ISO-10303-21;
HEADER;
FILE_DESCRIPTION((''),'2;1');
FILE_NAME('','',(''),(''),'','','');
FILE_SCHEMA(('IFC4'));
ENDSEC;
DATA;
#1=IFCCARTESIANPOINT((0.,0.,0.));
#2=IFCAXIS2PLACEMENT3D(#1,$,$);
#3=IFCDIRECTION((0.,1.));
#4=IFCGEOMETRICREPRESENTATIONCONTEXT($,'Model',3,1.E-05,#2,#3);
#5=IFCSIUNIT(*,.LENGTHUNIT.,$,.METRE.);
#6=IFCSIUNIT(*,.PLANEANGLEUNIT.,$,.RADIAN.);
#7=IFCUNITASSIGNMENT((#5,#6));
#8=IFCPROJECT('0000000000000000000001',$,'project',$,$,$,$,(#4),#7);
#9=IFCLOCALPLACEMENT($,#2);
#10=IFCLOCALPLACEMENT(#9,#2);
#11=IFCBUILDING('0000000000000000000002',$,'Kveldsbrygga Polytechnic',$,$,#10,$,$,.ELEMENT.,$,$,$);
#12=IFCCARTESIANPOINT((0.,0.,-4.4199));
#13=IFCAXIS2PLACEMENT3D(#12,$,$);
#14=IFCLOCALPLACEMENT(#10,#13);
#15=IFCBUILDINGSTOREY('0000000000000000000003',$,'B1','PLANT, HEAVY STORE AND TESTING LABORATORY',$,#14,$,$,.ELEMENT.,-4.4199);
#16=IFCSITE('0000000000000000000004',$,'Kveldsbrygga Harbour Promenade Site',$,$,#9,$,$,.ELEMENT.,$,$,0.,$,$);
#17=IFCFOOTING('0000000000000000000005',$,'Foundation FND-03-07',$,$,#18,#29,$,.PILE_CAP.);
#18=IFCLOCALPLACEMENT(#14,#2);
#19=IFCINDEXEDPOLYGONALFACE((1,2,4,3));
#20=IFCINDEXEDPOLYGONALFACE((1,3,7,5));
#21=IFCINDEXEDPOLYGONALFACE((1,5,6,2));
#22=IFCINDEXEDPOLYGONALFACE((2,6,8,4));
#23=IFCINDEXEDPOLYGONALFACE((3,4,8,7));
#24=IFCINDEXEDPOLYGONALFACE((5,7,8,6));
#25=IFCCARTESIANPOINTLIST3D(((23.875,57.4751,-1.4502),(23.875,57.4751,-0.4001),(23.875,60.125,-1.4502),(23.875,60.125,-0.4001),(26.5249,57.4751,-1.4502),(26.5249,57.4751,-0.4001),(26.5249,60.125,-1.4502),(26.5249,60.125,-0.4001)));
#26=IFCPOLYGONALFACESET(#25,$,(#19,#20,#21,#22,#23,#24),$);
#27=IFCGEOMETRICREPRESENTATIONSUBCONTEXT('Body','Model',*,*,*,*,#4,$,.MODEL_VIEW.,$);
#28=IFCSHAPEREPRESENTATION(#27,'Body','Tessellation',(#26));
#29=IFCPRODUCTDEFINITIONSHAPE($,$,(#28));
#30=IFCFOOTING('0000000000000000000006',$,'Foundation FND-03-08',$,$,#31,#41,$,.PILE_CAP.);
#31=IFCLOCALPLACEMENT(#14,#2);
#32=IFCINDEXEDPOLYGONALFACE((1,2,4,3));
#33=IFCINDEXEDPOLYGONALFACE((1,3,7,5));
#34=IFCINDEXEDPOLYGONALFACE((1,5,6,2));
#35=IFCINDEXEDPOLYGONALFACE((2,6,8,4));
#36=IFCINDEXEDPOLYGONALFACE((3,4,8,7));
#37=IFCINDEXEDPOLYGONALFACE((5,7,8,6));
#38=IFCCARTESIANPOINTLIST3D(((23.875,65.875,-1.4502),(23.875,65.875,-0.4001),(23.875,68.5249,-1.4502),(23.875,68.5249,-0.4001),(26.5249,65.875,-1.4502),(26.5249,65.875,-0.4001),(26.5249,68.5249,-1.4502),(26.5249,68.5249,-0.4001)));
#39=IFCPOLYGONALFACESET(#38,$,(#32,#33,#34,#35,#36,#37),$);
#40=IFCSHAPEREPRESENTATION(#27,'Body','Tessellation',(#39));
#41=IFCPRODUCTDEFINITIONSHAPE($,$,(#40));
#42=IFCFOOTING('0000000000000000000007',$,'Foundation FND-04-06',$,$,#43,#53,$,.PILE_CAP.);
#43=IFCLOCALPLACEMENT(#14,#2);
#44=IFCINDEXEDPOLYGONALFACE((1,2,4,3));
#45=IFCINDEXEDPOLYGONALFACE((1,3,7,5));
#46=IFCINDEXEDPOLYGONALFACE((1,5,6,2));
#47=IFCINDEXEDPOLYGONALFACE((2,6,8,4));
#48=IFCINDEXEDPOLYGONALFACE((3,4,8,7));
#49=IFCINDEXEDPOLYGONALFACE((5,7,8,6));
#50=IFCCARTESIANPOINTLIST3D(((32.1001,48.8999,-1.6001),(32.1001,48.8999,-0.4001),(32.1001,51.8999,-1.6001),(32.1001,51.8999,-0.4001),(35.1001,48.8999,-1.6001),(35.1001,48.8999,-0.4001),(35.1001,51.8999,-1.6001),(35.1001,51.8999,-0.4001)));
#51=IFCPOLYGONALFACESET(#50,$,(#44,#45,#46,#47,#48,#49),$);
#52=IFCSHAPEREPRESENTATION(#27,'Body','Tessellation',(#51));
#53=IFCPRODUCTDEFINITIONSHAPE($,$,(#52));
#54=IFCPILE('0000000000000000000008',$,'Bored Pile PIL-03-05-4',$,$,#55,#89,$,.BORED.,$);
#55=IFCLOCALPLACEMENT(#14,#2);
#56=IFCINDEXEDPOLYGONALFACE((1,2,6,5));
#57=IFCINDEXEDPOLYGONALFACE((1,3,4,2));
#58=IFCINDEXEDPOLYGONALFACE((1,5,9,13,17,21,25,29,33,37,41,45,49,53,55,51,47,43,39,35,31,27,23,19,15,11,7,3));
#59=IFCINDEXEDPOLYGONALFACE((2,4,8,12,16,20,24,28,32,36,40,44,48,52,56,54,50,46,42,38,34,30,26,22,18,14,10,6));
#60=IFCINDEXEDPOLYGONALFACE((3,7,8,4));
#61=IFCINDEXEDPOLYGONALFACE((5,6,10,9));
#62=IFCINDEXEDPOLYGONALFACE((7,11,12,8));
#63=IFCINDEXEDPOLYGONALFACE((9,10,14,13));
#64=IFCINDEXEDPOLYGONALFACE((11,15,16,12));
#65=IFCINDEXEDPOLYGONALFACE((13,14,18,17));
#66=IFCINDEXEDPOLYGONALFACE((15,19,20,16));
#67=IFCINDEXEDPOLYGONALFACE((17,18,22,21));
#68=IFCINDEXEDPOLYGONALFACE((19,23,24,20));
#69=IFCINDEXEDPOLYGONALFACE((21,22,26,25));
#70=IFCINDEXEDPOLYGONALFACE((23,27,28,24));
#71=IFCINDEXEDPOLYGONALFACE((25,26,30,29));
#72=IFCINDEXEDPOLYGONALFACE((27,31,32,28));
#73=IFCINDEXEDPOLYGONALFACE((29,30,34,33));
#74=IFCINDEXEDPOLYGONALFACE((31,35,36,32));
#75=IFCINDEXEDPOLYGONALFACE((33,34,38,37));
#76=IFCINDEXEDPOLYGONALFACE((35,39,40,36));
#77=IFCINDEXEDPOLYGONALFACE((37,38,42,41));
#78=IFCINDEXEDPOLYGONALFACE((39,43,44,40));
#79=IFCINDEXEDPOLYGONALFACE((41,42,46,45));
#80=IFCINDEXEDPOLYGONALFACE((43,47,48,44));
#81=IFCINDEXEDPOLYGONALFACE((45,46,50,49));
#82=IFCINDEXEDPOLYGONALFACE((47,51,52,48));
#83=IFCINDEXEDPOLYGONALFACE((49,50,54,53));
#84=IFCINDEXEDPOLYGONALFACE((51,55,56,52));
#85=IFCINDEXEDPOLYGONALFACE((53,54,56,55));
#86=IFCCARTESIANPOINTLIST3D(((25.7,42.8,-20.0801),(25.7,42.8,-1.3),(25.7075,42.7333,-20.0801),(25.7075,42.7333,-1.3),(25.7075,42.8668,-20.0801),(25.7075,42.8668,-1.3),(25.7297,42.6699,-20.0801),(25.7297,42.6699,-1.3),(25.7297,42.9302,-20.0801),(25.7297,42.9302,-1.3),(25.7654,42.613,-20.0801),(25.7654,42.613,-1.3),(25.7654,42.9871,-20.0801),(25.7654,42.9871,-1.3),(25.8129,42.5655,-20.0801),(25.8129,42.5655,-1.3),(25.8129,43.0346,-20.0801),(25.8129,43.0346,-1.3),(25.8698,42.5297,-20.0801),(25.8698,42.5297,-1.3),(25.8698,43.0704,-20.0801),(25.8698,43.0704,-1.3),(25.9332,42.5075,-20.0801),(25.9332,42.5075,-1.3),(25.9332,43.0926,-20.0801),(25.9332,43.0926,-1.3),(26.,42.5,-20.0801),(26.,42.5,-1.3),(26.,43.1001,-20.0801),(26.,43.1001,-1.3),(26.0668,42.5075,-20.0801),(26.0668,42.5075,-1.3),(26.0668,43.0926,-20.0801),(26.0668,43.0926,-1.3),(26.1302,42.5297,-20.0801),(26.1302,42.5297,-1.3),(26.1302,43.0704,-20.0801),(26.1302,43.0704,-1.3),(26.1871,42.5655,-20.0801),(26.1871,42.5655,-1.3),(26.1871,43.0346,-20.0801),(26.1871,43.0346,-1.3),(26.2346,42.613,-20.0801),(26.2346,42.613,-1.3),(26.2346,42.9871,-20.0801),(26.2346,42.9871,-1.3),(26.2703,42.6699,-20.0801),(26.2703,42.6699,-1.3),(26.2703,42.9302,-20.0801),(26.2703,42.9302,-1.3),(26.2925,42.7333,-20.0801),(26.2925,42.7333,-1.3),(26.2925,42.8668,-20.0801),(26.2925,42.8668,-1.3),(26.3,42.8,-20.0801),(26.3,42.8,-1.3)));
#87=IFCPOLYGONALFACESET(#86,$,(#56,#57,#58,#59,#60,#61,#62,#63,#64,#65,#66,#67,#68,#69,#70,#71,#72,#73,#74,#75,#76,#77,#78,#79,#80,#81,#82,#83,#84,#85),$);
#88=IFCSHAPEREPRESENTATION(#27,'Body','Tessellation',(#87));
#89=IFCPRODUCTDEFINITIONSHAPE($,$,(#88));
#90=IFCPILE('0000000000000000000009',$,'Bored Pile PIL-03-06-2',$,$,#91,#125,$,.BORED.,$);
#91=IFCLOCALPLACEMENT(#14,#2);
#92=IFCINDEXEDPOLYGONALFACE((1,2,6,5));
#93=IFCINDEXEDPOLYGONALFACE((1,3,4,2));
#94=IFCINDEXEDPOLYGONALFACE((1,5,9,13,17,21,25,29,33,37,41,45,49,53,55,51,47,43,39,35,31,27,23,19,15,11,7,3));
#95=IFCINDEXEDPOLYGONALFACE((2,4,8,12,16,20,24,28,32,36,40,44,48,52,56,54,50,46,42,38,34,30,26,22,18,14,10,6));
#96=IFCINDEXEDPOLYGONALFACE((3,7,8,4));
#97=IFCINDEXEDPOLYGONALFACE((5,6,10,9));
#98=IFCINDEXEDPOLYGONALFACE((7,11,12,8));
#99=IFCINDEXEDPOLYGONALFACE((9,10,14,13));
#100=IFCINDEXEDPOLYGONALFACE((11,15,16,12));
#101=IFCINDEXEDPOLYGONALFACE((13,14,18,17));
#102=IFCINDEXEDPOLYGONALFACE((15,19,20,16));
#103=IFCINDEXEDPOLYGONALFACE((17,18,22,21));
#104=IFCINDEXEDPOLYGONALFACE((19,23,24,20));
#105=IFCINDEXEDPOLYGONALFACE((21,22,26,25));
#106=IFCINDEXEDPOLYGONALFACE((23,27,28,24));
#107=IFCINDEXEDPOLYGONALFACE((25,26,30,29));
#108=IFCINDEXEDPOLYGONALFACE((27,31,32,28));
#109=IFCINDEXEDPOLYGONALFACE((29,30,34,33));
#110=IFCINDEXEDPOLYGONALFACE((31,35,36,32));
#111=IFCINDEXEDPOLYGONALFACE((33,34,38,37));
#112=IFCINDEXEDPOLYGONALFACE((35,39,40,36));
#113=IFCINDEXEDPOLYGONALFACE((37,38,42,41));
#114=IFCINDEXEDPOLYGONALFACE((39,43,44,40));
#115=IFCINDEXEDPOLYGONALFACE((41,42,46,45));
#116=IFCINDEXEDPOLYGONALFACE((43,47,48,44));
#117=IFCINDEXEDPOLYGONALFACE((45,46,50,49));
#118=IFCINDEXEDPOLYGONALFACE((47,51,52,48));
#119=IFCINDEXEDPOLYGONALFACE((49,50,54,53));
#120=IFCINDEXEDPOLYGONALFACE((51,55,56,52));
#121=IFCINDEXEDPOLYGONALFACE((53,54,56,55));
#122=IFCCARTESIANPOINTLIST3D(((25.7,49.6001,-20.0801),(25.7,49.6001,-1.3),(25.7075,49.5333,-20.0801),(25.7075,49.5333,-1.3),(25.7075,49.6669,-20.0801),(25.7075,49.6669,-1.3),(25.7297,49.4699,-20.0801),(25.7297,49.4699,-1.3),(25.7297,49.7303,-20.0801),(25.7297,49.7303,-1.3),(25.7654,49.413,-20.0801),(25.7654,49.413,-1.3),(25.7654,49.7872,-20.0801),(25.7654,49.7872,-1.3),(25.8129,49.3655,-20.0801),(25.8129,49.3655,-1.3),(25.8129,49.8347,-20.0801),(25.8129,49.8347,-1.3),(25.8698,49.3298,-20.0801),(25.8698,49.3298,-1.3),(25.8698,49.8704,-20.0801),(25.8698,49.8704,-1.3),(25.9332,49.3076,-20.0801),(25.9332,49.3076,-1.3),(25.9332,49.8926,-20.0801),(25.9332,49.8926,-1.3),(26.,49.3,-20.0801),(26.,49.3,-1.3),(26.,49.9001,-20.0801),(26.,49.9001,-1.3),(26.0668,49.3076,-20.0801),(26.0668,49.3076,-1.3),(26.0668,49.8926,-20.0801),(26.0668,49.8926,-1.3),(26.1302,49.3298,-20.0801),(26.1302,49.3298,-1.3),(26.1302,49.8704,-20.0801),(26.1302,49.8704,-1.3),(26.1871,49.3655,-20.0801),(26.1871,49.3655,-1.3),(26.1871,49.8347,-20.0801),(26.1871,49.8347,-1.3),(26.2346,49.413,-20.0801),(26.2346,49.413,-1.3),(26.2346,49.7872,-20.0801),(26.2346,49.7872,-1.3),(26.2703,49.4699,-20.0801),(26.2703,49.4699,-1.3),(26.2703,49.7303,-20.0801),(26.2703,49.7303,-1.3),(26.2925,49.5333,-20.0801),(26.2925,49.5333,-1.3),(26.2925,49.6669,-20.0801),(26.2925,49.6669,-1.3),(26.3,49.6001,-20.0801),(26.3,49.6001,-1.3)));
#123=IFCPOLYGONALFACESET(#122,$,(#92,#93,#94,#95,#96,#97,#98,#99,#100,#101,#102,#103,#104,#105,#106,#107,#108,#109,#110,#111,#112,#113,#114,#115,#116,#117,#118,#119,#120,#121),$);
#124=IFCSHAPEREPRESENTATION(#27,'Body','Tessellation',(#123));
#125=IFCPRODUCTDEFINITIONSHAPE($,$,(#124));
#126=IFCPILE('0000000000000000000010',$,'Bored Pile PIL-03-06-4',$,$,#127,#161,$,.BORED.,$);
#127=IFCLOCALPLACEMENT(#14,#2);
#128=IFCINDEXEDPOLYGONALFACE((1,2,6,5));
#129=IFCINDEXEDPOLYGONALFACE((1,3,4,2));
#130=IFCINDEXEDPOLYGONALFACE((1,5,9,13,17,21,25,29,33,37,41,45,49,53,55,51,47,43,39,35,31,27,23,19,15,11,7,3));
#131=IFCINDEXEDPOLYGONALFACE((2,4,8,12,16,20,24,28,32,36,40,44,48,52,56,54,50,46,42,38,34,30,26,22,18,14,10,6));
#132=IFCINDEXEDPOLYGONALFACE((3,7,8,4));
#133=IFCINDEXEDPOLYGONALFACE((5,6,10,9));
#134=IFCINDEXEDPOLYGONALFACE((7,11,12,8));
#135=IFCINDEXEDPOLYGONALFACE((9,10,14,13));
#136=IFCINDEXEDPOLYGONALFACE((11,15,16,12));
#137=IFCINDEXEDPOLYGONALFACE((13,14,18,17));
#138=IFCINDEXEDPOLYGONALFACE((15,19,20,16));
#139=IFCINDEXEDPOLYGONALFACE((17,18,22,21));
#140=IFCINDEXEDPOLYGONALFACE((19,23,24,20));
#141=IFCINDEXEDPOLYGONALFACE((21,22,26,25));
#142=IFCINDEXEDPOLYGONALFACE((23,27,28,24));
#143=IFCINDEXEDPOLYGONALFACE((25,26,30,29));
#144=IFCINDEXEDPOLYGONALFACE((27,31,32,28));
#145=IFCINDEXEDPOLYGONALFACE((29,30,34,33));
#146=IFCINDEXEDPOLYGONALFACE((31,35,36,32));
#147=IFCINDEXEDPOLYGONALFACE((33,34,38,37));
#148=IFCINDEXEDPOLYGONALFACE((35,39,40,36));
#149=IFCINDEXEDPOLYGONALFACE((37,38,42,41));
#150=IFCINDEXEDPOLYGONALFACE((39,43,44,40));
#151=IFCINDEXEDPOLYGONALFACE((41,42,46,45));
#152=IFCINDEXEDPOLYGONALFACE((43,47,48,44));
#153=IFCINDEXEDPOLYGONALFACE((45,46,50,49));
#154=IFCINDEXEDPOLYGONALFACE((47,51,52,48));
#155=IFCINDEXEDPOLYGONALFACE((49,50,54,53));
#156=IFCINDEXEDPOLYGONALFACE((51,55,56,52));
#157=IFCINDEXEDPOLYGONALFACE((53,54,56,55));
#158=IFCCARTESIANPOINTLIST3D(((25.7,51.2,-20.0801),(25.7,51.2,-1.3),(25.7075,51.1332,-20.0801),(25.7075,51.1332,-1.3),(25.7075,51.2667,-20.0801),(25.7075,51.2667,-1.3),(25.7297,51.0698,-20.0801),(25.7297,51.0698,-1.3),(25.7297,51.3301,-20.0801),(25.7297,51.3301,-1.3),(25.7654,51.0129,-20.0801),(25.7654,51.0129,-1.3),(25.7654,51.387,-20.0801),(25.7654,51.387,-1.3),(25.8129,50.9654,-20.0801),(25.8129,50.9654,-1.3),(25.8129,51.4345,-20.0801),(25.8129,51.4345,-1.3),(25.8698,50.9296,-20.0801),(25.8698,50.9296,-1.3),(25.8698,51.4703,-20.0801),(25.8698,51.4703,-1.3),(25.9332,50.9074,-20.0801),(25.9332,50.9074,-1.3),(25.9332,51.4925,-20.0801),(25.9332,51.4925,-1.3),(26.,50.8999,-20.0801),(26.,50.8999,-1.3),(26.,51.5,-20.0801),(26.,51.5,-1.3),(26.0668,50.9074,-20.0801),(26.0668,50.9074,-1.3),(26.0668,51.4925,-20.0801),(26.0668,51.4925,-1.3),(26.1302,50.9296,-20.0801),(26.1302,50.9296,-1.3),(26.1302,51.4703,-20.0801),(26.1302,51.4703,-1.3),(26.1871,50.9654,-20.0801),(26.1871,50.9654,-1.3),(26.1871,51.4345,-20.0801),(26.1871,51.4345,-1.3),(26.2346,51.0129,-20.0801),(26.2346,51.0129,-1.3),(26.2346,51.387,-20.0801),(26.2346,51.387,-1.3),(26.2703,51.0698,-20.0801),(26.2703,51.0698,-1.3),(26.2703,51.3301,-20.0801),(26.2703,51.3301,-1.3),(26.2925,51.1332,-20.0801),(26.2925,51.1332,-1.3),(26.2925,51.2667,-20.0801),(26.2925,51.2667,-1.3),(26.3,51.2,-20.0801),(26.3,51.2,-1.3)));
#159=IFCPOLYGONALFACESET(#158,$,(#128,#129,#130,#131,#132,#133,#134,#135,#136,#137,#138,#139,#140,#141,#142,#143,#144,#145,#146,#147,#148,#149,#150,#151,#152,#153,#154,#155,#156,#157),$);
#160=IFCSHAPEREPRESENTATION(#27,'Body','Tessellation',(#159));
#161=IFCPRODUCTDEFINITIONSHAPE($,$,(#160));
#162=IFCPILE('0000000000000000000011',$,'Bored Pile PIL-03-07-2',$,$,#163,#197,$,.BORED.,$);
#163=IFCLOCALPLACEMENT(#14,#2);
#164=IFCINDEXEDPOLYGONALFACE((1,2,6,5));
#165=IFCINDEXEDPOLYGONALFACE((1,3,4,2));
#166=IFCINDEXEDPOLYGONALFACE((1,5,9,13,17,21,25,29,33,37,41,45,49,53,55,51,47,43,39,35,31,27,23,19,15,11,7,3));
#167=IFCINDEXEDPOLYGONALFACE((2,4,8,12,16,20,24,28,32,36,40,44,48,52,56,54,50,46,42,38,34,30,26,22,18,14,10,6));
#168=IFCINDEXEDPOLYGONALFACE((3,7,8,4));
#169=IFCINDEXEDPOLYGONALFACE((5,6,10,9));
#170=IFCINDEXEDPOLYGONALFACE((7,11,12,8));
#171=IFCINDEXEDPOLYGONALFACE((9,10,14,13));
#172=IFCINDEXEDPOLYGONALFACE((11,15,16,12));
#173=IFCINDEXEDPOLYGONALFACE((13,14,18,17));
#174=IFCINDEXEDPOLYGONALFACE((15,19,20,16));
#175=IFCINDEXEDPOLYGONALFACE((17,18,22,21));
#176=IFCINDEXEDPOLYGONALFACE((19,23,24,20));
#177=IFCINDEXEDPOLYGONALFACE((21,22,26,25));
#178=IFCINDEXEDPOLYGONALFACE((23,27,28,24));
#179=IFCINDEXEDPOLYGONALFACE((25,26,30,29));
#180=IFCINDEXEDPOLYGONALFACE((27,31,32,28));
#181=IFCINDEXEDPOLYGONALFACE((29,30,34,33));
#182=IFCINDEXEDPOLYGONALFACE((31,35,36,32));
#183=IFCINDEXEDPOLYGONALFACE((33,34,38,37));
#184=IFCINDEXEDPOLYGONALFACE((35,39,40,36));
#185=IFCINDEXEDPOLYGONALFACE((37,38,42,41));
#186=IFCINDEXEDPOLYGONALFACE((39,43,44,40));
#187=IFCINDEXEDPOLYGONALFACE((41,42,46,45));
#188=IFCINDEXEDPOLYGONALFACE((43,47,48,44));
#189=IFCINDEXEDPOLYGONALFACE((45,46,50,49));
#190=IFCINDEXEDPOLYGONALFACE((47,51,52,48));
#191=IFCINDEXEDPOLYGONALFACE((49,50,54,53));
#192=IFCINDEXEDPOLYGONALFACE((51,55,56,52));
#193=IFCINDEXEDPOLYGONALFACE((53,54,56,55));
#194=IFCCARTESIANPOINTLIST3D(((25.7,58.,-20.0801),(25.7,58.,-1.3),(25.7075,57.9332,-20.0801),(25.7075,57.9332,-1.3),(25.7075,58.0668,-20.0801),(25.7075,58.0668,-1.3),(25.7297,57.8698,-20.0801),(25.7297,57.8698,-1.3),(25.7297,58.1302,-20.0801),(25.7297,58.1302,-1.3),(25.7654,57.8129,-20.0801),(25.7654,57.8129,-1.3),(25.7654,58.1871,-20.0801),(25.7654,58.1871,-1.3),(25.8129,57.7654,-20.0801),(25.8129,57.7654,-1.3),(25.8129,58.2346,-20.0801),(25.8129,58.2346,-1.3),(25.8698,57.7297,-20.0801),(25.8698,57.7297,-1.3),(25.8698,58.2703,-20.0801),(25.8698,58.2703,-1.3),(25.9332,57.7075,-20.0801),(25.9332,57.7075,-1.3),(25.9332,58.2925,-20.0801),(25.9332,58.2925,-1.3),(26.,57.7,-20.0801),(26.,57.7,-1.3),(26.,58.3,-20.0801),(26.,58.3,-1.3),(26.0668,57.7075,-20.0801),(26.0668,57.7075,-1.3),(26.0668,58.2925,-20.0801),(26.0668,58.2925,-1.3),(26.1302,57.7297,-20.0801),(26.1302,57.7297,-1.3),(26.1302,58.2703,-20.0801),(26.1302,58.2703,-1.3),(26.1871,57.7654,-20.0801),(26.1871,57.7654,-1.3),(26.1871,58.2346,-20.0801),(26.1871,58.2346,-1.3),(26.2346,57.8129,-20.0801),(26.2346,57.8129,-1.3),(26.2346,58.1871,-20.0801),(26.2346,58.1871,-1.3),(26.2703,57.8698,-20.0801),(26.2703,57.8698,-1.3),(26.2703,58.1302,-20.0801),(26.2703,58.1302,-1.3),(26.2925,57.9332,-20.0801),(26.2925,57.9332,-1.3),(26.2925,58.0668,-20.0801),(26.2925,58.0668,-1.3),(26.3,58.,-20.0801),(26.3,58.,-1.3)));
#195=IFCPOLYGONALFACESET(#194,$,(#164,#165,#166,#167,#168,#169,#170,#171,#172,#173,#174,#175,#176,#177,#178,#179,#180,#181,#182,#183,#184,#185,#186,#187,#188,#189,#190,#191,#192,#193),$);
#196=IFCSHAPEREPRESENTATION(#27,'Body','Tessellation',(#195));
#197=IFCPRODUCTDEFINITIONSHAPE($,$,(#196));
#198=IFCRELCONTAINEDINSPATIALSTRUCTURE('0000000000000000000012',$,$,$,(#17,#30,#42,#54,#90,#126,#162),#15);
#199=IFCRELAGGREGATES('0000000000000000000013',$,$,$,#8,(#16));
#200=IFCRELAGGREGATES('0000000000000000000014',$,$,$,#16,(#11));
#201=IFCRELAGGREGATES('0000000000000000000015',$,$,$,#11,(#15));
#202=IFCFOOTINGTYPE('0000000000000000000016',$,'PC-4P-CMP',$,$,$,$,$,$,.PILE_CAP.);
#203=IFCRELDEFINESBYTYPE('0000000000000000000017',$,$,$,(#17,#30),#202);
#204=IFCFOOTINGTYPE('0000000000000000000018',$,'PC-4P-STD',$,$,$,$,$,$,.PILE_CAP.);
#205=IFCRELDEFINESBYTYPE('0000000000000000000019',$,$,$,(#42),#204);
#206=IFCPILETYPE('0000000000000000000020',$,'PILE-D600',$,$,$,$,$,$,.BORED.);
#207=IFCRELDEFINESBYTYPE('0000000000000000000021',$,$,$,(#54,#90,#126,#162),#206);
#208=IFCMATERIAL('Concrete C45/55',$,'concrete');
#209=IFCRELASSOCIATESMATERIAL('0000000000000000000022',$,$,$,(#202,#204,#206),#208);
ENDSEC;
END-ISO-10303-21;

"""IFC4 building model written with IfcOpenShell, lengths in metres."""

from ifc_helpers import new_model, si_unit, direction, frame, origin, origin_2d, place, context, subcontext, project, spatial, rectangle, circle, extrude, material, material_profile, profile_set, type_object, element, save


model = new_model("IFC4")

# Units and contexts
model_context = context("Model", 3, precision=1e-05, world=origin(), true_north=direction((0.0, 1.0)))
body_context = subcontext(model_context, "Body", "Model", "MODEL_VIEW")
ifc_project = project(units=[si_unit("LENGTHUNIT", "METRE"), si_unit("PLANEANGLEUNIT", "RADIAN")], contexts=[model_context])

# Site, building, storey
site_placement = place(None, origin())
site = spatial("IfcSite", under=ifc_project, at=site_placement, Name="Kveldsbrygga Harbour Promenade Site", CompositionType="ELEMENT", RefElevation=0.0)
building_placement = place(site_placement, origin())
building = spatial("IfcBuilding", under=site, at=building_placement, Name="Kveldsbrygga Polytechnic", CompositionType="ELEMENT")
storey_placement = place(building_placement, frame((0.0, 0.0, -4.4199)))
storey = spatial("IfcBuildingStorey", under=building, at=storey_placement, Name="B1", Description="PLANT, HEAVY STORE AND TESTING LABORATORY", CompositionType="ELEMENT", Elevation=-4.4199)

# Footings
ifc_material_1 = material(Name="Concrete C45/55", Category="concrete")
footing_type_1 = type_object("IfcFootingType", Name="PC-4P-CMP", PredefinedType="PILE_CAP", material=ifc_material_1)
for number, where, z_axis, x_axis, name in (
    (1, (25.2, 58.8, -1.4502), (0.0, 0.0, 1.0), (1.0, 0.0, 0.0), "Foundation FND-03-07"),
    (2, (25.2, 67.2, -1.4502), (0.0, 0.0, 1.0), (1.0, 0.0, 0.0), "Foundation FND-03-08"),
):
    element("IfcFooting", number, at=place(storey_placement, frame(where, z_axis=z_axis, x_axis=x_axis)), inside=storey, type_object=footing_type_1, Name=name, PredefinedType="PILE_CAP", context=body_context, shape_type="SweptSolid", body=[
        extrude(rectangle(XDim=2.6499, YDim=2.6499, at=origin_2d()), origin(), (0.0, 0.0, 1.0), 1.05),
    ])
footing_type_2 = type_object("IfcFootingType", Name="PC-4P-STD", PredefinedType="PILE_CAP", material=ifc_material_1)
footing_placement = place(storey_placement, frame((33.6001, 50.3999, -1.6001), z_axis=(0.0, 0.0, 1.0), x_axis=(1.0, 0.0, 0.0)))
element("IfcFooting", 3, at=footing_placement, inside=storey, type_object=footing_type_2, Name="Foundation FND-04-06", PredefinedType="PILE_CAP", context=body_context, shape_type="SweptSolid", body=[
    extrude(rectangle(XDim=3.0, YDim=3.0, at=origin_2d()), origin(), (0.0, 0.0, 1.0), 1.2),
])

# Piles
ifc_material_profile_1 = material_profile(ifc_material_1, circle(Radius=0.3, at=origin_2d()), Name="PILE D600")
ifc_profile_set_1 = profile_set([ifc_material_profile_1], Name="Concrete C45/55")
pile_type_1 = type_object("IfcPileType", Name="PILE-D600", PredefinedType="BORED", material=ifc_profile_set_1)
for number, where, z_axis, x_axis, name in (
    (4, (26.0, 42.8, -1.3), (0.0, 0.0, -1.0), (1.0, 0.0, 0.0), "Bored Pile PIL-03-05-4"),
    (5, (26.0, 49.6001, -1.3), (0.0, 0.0, -1.0), (1.0, 0.0, 0.0), "Bored Pile PIL-03-06-2"),
    (6, (26.0, 51.2, -1.3), (0.0, 0.0, -1.0), (1.0, 0.0, 0.0), "Bored Pile PIL-03-06-4"),
    (7, (26.0, 58.0, -1.3), (0.0, 0.0, -1.0), (1.0, 0.0, 0.0), "Bored Pile PIL-03-07-2"),
):
    element("IfcPile", number, at=place(storey_placement, frame(where, z_axis=z_axis, x_axis=x_axis)), inside=storey, type_object=pile_type_1, Name=name, PredefinedType="BORED", context=body_context, shape_type="SweptSolid", body=[
        extrude(circle(Radius=0.3, at=origin_2d()), origin(), (0.0, 0.0, 1.0), 18.78),
    ])

save(model, "model.ifc")
